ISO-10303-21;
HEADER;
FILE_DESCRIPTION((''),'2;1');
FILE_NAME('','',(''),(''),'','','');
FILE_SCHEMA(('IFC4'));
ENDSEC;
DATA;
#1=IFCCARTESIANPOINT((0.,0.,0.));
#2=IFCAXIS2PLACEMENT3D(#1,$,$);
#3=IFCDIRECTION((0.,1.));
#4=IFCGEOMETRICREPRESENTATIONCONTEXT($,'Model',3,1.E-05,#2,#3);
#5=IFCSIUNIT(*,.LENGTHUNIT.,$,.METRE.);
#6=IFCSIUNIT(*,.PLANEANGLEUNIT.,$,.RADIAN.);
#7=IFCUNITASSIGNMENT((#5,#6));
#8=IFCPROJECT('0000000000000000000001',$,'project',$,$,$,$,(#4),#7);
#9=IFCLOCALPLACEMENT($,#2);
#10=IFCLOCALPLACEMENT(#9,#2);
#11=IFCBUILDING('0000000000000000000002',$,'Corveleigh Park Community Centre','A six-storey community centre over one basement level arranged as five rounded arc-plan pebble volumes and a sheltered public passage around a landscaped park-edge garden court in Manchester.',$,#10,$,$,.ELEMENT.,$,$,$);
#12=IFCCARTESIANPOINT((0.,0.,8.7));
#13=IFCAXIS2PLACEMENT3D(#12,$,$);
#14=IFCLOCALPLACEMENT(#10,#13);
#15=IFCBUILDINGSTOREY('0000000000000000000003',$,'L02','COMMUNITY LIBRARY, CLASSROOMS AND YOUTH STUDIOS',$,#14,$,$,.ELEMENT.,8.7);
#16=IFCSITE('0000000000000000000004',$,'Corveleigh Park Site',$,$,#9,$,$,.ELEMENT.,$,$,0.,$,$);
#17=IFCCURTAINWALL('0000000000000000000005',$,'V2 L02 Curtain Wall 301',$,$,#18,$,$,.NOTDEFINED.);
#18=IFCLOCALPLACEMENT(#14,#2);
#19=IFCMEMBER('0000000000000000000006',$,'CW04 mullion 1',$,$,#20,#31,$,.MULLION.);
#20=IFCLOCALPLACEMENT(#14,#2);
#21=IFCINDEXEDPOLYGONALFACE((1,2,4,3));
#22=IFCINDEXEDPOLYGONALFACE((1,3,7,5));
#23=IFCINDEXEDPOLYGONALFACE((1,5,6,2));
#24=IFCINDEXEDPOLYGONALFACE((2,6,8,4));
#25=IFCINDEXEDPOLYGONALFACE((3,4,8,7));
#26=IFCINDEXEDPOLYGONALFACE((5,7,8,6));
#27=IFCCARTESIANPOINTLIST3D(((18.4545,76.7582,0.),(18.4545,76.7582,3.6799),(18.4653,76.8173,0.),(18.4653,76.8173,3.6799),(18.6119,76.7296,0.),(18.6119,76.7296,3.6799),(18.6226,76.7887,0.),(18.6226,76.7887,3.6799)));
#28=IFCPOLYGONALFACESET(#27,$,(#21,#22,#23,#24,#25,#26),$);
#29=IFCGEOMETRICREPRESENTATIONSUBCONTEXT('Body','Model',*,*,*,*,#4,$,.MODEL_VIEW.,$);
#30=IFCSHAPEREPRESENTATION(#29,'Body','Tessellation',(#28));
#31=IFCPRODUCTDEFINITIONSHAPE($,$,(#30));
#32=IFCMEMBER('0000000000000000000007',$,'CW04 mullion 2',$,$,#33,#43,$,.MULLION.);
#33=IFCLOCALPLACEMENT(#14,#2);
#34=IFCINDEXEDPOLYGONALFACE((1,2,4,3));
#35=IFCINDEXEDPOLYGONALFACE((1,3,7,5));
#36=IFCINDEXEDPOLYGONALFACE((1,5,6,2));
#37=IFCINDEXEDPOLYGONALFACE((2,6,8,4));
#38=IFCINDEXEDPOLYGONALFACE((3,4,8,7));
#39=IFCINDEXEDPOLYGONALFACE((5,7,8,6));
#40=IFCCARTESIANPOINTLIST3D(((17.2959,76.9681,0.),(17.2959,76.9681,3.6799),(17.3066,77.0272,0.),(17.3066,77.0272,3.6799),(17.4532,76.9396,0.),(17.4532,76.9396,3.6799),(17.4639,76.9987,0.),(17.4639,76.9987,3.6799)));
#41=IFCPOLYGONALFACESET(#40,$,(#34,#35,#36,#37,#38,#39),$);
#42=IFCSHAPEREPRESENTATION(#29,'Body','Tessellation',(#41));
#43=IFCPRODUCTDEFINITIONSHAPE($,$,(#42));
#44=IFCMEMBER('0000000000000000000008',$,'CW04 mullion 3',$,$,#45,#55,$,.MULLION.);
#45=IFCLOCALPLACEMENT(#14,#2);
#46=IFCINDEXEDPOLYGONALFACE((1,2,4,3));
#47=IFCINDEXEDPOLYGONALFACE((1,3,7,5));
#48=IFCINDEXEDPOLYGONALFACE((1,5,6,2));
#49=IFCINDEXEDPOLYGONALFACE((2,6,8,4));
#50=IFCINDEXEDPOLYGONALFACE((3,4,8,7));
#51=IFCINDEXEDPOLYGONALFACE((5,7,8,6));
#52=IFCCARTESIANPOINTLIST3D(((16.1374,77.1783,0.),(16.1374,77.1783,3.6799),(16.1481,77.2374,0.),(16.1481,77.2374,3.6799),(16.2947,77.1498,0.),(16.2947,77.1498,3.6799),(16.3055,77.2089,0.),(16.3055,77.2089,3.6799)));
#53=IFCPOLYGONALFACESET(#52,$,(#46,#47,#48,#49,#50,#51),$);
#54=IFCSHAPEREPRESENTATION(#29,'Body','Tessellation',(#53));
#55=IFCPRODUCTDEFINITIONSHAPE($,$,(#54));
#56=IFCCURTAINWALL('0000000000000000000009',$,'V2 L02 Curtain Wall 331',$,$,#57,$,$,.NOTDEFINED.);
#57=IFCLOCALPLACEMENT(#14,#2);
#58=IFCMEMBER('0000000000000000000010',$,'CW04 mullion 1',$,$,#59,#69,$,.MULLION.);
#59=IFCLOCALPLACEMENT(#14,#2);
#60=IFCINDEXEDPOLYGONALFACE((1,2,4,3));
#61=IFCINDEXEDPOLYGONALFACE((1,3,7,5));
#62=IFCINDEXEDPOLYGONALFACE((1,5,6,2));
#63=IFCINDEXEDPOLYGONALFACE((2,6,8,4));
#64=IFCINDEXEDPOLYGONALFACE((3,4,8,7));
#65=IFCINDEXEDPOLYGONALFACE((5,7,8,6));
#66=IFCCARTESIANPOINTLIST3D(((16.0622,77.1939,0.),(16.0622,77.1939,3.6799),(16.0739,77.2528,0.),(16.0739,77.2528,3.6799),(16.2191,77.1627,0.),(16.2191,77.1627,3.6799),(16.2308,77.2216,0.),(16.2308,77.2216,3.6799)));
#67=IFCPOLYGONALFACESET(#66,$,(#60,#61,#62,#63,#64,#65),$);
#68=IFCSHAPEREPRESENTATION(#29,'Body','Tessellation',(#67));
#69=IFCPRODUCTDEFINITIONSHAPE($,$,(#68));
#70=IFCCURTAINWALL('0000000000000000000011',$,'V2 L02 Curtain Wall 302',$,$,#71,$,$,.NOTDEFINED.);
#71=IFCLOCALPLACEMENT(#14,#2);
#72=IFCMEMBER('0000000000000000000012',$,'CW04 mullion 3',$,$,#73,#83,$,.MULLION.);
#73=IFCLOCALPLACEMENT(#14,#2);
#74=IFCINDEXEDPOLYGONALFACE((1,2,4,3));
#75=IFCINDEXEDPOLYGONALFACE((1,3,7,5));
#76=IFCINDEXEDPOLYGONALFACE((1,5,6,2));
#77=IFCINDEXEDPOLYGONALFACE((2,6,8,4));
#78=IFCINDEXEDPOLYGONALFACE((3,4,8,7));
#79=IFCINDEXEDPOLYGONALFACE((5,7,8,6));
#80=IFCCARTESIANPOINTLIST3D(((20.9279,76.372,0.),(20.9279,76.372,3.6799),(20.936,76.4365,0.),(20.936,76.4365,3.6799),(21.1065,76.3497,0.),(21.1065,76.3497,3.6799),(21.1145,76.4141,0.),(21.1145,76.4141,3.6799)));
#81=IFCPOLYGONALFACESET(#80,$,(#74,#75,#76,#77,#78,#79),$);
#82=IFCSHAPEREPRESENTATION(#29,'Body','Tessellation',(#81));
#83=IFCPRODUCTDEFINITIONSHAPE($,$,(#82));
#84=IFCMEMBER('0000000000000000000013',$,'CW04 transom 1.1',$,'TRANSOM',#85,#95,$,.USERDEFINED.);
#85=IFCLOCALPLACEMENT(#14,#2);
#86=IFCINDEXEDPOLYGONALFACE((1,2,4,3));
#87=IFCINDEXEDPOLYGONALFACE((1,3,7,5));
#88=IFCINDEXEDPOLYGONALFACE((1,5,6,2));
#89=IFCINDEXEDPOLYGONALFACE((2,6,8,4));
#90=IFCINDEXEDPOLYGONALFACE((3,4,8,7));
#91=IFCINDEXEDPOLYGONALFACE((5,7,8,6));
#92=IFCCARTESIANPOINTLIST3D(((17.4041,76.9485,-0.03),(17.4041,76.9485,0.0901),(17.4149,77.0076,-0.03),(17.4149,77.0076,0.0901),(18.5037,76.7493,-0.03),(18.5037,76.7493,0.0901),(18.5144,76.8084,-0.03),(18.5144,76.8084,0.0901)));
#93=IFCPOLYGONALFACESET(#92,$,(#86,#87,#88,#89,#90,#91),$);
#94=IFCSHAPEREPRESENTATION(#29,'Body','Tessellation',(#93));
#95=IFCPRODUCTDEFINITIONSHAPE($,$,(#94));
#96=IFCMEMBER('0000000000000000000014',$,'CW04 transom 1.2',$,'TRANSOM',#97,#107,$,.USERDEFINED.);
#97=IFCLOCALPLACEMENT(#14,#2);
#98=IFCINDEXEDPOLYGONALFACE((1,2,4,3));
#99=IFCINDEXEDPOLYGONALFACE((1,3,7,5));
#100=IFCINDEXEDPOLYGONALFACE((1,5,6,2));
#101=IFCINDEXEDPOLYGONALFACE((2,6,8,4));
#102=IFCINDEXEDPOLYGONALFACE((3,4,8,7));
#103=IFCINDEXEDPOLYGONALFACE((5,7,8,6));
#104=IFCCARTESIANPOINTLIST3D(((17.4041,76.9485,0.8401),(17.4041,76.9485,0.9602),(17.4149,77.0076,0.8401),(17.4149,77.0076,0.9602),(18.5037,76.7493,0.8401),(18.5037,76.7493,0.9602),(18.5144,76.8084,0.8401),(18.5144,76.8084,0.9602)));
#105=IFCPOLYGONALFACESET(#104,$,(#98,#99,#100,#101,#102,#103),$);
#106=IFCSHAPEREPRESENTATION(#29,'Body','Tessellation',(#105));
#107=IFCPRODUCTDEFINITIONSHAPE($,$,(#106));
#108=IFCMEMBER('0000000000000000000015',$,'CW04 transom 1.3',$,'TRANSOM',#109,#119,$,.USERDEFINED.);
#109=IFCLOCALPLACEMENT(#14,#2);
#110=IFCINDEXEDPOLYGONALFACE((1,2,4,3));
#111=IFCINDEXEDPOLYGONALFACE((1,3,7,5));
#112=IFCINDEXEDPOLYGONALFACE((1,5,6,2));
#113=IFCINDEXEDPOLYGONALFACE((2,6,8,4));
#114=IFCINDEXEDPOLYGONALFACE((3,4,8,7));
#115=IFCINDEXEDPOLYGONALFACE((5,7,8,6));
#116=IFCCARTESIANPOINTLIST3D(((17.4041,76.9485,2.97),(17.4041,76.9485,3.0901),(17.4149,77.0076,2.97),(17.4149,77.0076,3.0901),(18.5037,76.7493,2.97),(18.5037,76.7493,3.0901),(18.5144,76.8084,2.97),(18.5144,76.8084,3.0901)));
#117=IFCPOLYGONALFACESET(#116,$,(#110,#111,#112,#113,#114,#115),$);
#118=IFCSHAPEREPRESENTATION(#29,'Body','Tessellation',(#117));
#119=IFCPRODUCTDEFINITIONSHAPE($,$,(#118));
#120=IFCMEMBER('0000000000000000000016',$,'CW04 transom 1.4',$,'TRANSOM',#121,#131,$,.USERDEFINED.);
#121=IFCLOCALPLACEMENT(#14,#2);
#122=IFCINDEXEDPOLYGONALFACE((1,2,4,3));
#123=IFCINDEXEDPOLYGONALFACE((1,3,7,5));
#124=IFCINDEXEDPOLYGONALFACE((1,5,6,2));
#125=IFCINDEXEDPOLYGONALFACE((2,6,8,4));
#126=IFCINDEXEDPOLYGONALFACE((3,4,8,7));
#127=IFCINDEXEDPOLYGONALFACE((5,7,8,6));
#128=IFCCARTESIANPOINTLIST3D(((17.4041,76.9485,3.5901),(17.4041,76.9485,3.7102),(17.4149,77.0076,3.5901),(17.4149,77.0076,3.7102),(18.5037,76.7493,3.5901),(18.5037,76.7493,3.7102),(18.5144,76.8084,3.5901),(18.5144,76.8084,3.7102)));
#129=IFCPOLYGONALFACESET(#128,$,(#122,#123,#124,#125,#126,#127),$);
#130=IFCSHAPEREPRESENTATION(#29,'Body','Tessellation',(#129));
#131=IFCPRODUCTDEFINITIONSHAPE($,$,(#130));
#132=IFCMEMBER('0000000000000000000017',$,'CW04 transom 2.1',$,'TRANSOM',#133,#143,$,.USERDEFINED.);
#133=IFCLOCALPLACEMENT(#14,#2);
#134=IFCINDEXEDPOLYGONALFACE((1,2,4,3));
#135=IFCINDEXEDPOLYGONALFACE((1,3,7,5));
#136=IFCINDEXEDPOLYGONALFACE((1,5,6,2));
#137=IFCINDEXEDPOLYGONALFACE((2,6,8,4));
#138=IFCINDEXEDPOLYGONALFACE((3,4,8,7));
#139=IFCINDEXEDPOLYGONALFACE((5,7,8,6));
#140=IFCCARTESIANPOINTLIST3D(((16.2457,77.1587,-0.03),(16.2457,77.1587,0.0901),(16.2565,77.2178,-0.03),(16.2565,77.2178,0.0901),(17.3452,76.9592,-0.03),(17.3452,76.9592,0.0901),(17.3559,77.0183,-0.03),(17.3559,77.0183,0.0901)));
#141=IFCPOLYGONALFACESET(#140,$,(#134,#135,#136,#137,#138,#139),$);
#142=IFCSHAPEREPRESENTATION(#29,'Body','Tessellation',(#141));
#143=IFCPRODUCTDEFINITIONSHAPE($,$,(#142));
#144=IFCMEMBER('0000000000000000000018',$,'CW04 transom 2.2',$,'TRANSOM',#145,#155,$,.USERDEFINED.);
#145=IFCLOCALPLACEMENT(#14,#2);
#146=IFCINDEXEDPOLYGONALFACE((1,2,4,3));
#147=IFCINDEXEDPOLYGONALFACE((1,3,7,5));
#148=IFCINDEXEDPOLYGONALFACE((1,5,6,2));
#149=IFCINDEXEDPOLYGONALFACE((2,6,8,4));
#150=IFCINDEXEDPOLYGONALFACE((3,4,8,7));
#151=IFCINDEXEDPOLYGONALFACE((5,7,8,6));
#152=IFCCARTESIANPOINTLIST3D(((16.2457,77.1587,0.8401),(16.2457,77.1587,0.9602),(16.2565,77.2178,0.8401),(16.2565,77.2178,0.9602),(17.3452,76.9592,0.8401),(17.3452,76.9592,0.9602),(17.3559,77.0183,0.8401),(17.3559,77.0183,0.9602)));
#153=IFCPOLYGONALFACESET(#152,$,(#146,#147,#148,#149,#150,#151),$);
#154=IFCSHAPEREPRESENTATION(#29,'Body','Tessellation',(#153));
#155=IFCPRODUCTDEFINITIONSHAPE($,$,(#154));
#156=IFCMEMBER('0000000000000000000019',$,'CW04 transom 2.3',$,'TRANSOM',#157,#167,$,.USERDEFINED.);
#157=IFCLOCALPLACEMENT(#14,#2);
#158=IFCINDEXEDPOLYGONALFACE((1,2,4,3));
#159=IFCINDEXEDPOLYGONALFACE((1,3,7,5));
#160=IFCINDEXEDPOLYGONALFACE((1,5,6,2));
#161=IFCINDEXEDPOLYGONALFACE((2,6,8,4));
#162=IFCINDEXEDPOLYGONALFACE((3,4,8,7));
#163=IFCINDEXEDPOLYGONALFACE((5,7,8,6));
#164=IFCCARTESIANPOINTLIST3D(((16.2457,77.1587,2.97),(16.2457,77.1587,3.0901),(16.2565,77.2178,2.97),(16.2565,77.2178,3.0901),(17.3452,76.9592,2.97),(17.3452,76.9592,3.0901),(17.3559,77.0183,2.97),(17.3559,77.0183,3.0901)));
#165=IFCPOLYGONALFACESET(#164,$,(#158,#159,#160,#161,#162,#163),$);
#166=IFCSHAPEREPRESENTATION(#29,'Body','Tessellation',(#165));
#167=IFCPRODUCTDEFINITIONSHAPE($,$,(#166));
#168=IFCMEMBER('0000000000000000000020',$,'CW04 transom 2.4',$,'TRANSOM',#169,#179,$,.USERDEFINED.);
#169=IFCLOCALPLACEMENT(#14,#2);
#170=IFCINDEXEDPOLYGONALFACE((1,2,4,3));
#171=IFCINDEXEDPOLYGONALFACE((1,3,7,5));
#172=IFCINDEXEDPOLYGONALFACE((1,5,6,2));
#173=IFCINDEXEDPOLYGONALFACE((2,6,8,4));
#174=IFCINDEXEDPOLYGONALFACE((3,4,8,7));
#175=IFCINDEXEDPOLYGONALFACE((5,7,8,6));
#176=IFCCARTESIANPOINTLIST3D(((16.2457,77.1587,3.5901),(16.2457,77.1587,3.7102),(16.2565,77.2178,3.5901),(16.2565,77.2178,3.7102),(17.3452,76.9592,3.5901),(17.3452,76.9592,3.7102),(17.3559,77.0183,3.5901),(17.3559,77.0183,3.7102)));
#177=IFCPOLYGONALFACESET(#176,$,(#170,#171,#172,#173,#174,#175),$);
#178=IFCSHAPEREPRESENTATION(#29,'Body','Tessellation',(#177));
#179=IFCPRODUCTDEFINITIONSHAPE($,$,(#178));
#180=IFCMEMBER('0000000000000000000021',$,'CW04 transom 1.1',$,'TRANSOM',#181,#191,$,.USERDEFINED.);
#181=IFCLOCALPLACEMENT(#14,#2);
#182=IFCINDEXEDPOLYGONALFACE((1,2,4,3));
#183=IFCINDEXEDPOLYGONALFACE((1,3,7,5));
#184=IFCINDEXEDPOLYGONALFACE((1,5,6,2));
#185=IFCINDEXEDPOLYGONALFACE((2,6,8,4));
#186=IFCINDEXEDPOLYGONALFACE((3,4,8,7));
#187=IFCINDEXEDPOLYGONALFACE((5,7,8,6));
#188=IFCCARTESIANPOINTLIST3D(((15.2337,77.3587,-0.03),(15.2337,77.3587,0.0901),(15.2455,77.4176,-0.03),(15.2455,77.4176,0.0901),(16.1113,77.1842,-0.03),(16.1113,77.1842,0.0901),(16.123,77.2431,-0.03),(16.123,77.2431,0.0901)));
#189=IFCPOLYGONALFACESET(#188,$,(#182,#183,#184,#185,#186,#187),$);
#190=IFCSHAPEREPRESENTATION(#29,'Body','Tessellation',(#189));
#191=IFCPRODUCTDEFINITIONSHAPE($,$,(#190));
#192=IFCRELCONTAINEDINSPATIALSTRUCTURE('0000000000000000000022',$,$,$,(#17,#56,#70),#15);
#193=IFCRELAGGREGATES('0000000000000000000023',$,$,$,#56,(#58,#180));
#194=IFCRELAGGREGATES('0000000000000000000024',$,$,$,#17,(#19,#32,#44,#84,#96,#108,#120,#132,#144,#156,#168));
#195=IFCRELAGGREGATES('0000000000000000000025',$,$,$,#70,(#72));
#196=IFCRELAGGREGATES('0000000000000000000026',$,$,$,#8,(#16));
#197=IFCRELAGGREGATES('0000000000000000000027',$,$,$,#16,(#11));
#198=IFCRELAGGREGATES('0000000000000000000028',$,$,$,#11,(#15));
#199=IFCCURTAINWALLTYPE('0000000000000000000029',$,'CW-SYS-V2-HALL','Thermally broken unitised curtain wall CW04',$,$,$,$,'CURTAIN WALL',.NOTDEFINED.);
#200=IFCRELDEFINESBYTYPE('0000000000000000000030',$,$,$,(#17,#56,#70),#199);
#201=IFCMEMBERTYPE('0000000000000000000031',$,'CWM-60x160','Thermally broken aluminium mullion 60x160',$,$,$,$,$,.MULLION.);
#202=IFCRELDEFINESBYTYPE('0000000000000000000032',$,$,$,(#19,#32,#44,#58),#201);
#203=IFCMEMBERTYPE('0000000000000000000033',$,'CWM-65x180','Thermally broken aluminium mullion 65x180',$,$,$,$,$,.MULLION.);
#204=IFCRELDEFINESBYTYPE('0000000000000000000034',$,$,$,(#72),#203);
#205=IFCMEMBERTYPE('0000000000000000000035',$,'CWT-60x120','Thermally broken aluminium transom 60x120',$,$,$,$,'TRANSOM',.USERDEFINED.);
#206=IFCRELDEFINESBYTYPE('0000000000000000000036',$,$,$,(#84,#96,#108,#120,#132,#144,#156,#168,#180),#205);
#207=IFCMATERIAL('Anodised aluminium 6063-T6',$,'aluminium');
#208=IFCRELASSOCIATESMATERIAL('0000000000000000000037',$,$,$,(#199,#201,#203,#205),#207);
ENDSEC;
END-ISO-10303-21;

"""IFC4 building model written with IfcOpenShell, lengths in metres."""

from ifc_helpers import new_model, si_unit, direction, frame, origin, origin_2d, place, context, subcontext, project, spatial, rectangle, extrude, material, material_profile, profile_set, type_object, element, aggregate, save


model = new_model("IFC4")

# Units and contexts
model_context = context("Model", 3, precision=1e-05, world=origin(), true_north=direction((0.0, 1.0)))
body_context = subcontext(model_context, "Body", "Model", "MODEL_VIEW")
ifc_project = project(units=[si_unit("LENGTHUNIT", "METRE"), si_unit("PLANEANGLEUNIT", "RADIAN")], contexts=[model_context])

# Site, building, storey
site_placement = place(None, origin())
site = spatial("IfcSite", under=ifc_project, at=site_placement, Name="Corveleigh Park Site", CompositionType="ELEMENT", RefElevation=0.0)
building_placement = place(site_placement, origin())
building = spatial("IfcBuilding", under=site, at=building_placement, Name="Corveleigh Park Community Centre", Description="A six-storey community centre over one basement level arranged as five rounded arc-plan pebble volumes and a sheltered public passage around a landscaped park-edge garden court in Manchester.", CompositionType="ELEMENT")
storey_placement = place(building_placement, frame((0.0, 0.0, 8.7)))
storey = spatial("IfcBuildingStorey", under=building, at=storey_placement, Name="L02", Description="COMMUNITY LIBRARY, CLASSROOMS AND YOUTH STUDIOS", CompositionType="ELEMENT", Elevation=8.7)

# Curtain wall, members
ifc_material_1 = material(Name="Anodised aluminium 6063-T6", Category="aluminium")
curtain_wall_type = type_object("IfcCurtainWallType", Name="CW-SYS-V2-HALL", Description="Thermally broken unitised curtain wall CW04", ElementType="CURTAIN WALL", PredefinedType="NOTDEFINED", material=ifc_material_1)
curtain_wall_1_placement = place(storey_placement, origin())
curtain_wall_1 = element("IfcCurtainWall", 1, at=curtain_wall_1_placement, inside=storey, type_object=curtain_wall_type, Name="V2 L02 Curtain Wall 301", PredefinedType="NOTDEFINED")
ifc_material_profile_1 = material_profile(ifc_material_1, rectangle(XDim=0.0601, YDim=0.1599, at=origin_2d()), Name="ALU-M60x160", Category="aluminium")
ifc_profile_set_1 = profile_set([ifc_material_profile_1], Name="Anodised aluminium 6063-T6")
member_type_1 = type_object("IfcMemberType", Name="CWM-60x160", Description="Thermally broken aluminium mullion 60x160", PredefinedType="MULLION", material=ifc_profile_set_1)
member_1_placement = place(storey_placement, frame((18.5386, 76.7734, 0.0), z_axis=(0.0, 0.0, 1.0), x_axis=(-0.178485, -0.983943, 0.0)))
member_1 = element("IfcMember", 2, at=member_1_placement, type_object=member_type_1, Name="CW04 mullion 1", PredefinedType="MULLION", context=body_context, shape_type="SweptSolid", body=[
    extrude(rectangle(XDim=0.0601, YDim=0.1599, at=origin_2d()), origin(), (0.0, 0.0, 1.0), 3.6799),
])
member_2_placement = place(storey_placement, frame((17.3799, 76.9834, 0.0), z_axis=(0.0, 0.0, 1.0), x_axis=(-0.178485, -0.983943, 0.0)))
member_2 = element("IfcMember", 3, at=member_2_placement, type_object=member_type_1, Name="CW04 mullion 2", PredefinedType="MULLION", context=body_context, shape_type="SweptSolid", body=[
    extrude(rectangle(XDim=0.0601, YDim=0.1599, at=origin_2d()), origin(), (0.0, 0.0, 1.0), 3.6799),
])
member_3_placement = place(storey_placement, frame((16.2214, 77.1936, 0.0), z_axis=(0.0, 0.0, 1.0), x_axis=(-0.178485, -0.983943, 0.0)))
member_3 = element("IfcMember", 4, at=member_3_placement, type_object=member_type_1, Name="CW04 mullion 3", PredefinedType="MULLION", context=body_context, shape_type="SweptSolid", body=[
    extrude(rectangle(XDim=0.0601, YDim=0.1599, at=origin_2d()), origin(), (0.0, 0.0, 1.0), 3.6799),
])

# Curtain walls, members
curtain_wall_2_placement = place(storey_placement, origin())
curtain_wall_2 = element("IfcCurtainWall", 5, at=curtain_wall_2_placement, inside=storey, type_object=curtain_wall_type, Name="V2 L02 Curtain Wall 331", PredefinedType="NOTDEFINED")
member_4_placement = place(storey_placement, frame((16.1465, 77.2078, 0.0), z_axis=(0.0, 0.0, 1.0), x_axis=(-0.194944, -0.980814, 0.0)))
member_4 = element("IfcMember", 6, at=member_4_placement, type_object=member_type_1, Name="CW04 mullion 1", PredefinedType="MULLION", context=body_context, shape_type="SweptSolid", body=[
    extrude(rectangle(XDim=0.0601, YDim=0.1599, at=origin_2d()), origin(), (0.0, 0.0, 1.0), 3.6799),
])
curtain_wall_3_placement = place(storey_placement, origin())
curtain_wall_3 = element("IfcCurtainWall", 7, at=curtain_wall_3_placement, inside=storey, type_object=curtain_wall_type, Name="V2 L02 Curtain Wall 302", PredefinedType="NOTDEFINED")
ifc_material_profile_2 = material_profile(ifc_material_1, rectangle(XDim=0.0649, YDim=0.1799, at=origin_2d()), Name="ALU-M65x180", Category="aluminium")
ifc_profile_set_2 = profile_set([ifc_material_profile_2], Name="Anodised aluminium 6063-T6")
member_type_2 = type_object("IfcMemberType", Name="CWM-65x180", Description="Thermally broken aluminium mullion 65x180", PredefinedType="MULLION", material=ifc_profile_set_2)
member_5_placement = place(storey_placement, frame((21.0212, 76.3931, 0.0), z_axis=(0.0, 0.0, 1.0), x_axis=(-0.12429, -0.992246, 0.0)))
member_5 = element("IfcMember", 8, at=member_5_placement, type_object=member_type_2, Name="CW04 mullion 3", PredefinedType="MULLION", context=body_context, shape_type="SweptSolid", body=[
    extrude(rectangle(XDim=0.0649, YDim=0.1799, at=origin_2d()), origin(), (0.0, 0.0, 1.0), 3.6799),
])

# Members
ifc_material_profile_3 = material_profile(ifc_material_1, rectangle(XDim=0.0601, YDim=0.1201, at=origin_2d()), Name="ALU-T60x120", Category="aluminium")
ifc_profile_set_3 = profile_set([ifc_material_profile_3], Name="Anodised aluminium 6063-T6")
member_type_3 = type_object("IfcMemberType", Name="CWT-60x120", Description="Thermally broken aluminium transom 60x120", ElementType="TRANSOM", PredefinedType="USERDEFINED", material=ifc_profile_set_3)
member_6_placement = place(storey_placement, frame((18.509, 76.7788, 0.03), z_axis=(-0.983982, 0.17827, 0.0), x_axis=(-0.17827, -0.983982, 0.0)))
member_6 = element("IfcMember", 9, at=member_6_placement, type_object=member_type_3, Name="CW04 transom 1.1", ObjectType="TRANSOM", PredefinedType="USERDEFINED", context=body_context, shape_type="SweptSolid", body=[
    extrude(rectangle(XDim=0.0601, YDim=0.1201, at=origin_2d()), origin(), (0.0, 0.0, 1.0), 1.1174),
])
member_7_placement = place(storey_placement, frame((18.509, 76.7788, 0.9001), z_axis=(-0.983982, 0.17827, 0.0), x_axis=(-0.17827, -0.983982, 0.0)))
member_7 = element("IfcMember", 10, at=member_7_placement, type_object=member_type_3, Name="CW04 transom 1.2", ObjectType="TRANSOM", PredefinedType="USERDEFINED", context=body_context, shape_type="SweptSolid", body=[
    extrude(rectangle(XDim=0.0601, YDim=0.1201, at=origin_2d()), origin(), (0.0, 0.0, 1.0), 1.1174),
])
member_8_placement = place(storey_placement, frame((18.509, 76.7788, 3.03), z_axis=(-0.983982, 0.17827, 0.0), x_axis=(-0.17827, -0.983982, 0.0)))
member_8 = element("IfcMember", 11, at=member_8_placement, type_object=member_type_3, Name="CW04 transom 1.3", ObjectType="TRANSOM", PredefinedType="USERDEFINED", context=body_context, shape_type="SweptSolid", body=[
    extrude(rectangle(XDim=0.0601, YDim=0.1201, at=origin_2d()), origin(), (0.0, 0.0, 1.0), 1.1174),
])
member_9_placement = place(storey_placement, frame((18.509, 76.7788, 3.6501), z_axis=(-0.983982, 0.17827, 0.0), x_axis=(-0.17827, -0.983982, 0.0)))
member_9 = element("IfcMember", 12, at=member_9_placement, type_object=member_type_3, Name="CW04 transom 1.4", ObjectType="TRANSOM", PredefinedType="USERDEFINED", context=body_context, shape_type="SweptSolid", body=[
    extrude(rectangle(XDim=0.0601, YDim=0.1201, at=origin_2d()), origin(), (0.0, 0.0, 1.0), 1.1174),
])
member_10_placement = place(storey_placement, frame((17.3506, 76.9888, 0.03), z_axis=(-0.983943, 0.178482, 0.0), x_axis=(-0.178482, -0.983943, 0.0)))
member_10 = element("IfcMember", 13, at=member_10_placement, type_object=member_type_3, Name="CW04 transom 2.1", ObjectType="TRANSOM", PredefinedType="USERDEFINED", context=body_context, shape_type="SweptSolid", body=[
    extrude(rectangle(XDim=0.0601, YDim=0.1201, at=origin_2d()), origin(), (0.0, 0.0, 1.0), 1.1174),
])
member_11_placement = place(storey_placement, frame((17.3506, 76.9888, 0.9001), z_axis=(-0.983943, 0.178482, 0.0), x_axis=(-0.178482, -0.983943, 0.0)))
member_11 = element("IfcMember", 14, at=member_11_placement, type_object=member_type_3, Name="CW04 transom 2.2", ObjectType="TRANSOM", PredefinedType="USERDEFINED", context=body_context, shape_type="SweptSolid", body=[
    extrude(rectangle(XDim=0.0601, YDim=0.1201, at=origin_2d()), origin(), (0.0, 0.0, 1.0), 1.1174),
])
member_12_placement = place(storey_placement, frame((17.3506, 76.9888, 3.03), z_axis=(-0.983943, 0.178482, 0.0), x_axis=(-0.178482, -0.983943, 0.0)))
member_12 = element("IfcMember", 15, at=member_12_placement, type_object=member_type_3, Name="CW04 transom 2.3", ObjectType="TRANSOM", PredefinedType="USERDEFINED", context=body_context, shape_type="SweptSolid", body=[
    extrude(rectangle(XDim=0.0601, YDim=0.1201, at=origin_2d()), origin(), (0.0, 0.0, 1.0), 1.1174),
])
member_13_placement = place(storey_placement, frame((17.3506, 76.9888, 3.6501), z_axis=(-0.983943, 0.178482, 0.0), x_axis=(-0.178482, -0.983943, 0.0)))
member_13 = element("IfcMember", 16, at=member_13_placement, type_object=member_type_3, Name="CW04 transom 2.4", ObjectType="TRANSOM", PredefinedType="USERDEFINED", context=body_context, shape_type="SweptSolid", body=[
    extrude(rectangle(XDim=0.0601, YDim=0.1201, at=origin_2d()), origin(), (0.0, 0.0, 1.0), 1.1174),
])
member_14_placement = place(storey_placement, frame((16.1172, 77.2136, 0.03), z_axis=(-0.98079, 0.195067, 0.0), x_axis=(-0.195067, -0.98079, 0.0)))
member_14 = element("IfcMember", 17, at=member_14_placement, type_object=member_type_3, Name="CW04 transom 1.1", ObjectType="TRANSOM", PredefinedType="USERDEFINED", context=body_context, shape_type="SweptSolid", body=[
    extrude(rectangle(XDim=0.0601, YDim=0.1201, at=origin_2d()), origin(), (0.0, 0.0, 1.0), 0.8948),
])
aggregate(curtain_wall_2, [member_4, member_14])

aggregate(curtain_wall_1, [member_1, member_2, member_3, member_6, member_7, member_8, member_9, member_10, member_11, member_12, member_13])
aggregate(curtain_wall_3, [member_5])

save(model, "model.ifc")
